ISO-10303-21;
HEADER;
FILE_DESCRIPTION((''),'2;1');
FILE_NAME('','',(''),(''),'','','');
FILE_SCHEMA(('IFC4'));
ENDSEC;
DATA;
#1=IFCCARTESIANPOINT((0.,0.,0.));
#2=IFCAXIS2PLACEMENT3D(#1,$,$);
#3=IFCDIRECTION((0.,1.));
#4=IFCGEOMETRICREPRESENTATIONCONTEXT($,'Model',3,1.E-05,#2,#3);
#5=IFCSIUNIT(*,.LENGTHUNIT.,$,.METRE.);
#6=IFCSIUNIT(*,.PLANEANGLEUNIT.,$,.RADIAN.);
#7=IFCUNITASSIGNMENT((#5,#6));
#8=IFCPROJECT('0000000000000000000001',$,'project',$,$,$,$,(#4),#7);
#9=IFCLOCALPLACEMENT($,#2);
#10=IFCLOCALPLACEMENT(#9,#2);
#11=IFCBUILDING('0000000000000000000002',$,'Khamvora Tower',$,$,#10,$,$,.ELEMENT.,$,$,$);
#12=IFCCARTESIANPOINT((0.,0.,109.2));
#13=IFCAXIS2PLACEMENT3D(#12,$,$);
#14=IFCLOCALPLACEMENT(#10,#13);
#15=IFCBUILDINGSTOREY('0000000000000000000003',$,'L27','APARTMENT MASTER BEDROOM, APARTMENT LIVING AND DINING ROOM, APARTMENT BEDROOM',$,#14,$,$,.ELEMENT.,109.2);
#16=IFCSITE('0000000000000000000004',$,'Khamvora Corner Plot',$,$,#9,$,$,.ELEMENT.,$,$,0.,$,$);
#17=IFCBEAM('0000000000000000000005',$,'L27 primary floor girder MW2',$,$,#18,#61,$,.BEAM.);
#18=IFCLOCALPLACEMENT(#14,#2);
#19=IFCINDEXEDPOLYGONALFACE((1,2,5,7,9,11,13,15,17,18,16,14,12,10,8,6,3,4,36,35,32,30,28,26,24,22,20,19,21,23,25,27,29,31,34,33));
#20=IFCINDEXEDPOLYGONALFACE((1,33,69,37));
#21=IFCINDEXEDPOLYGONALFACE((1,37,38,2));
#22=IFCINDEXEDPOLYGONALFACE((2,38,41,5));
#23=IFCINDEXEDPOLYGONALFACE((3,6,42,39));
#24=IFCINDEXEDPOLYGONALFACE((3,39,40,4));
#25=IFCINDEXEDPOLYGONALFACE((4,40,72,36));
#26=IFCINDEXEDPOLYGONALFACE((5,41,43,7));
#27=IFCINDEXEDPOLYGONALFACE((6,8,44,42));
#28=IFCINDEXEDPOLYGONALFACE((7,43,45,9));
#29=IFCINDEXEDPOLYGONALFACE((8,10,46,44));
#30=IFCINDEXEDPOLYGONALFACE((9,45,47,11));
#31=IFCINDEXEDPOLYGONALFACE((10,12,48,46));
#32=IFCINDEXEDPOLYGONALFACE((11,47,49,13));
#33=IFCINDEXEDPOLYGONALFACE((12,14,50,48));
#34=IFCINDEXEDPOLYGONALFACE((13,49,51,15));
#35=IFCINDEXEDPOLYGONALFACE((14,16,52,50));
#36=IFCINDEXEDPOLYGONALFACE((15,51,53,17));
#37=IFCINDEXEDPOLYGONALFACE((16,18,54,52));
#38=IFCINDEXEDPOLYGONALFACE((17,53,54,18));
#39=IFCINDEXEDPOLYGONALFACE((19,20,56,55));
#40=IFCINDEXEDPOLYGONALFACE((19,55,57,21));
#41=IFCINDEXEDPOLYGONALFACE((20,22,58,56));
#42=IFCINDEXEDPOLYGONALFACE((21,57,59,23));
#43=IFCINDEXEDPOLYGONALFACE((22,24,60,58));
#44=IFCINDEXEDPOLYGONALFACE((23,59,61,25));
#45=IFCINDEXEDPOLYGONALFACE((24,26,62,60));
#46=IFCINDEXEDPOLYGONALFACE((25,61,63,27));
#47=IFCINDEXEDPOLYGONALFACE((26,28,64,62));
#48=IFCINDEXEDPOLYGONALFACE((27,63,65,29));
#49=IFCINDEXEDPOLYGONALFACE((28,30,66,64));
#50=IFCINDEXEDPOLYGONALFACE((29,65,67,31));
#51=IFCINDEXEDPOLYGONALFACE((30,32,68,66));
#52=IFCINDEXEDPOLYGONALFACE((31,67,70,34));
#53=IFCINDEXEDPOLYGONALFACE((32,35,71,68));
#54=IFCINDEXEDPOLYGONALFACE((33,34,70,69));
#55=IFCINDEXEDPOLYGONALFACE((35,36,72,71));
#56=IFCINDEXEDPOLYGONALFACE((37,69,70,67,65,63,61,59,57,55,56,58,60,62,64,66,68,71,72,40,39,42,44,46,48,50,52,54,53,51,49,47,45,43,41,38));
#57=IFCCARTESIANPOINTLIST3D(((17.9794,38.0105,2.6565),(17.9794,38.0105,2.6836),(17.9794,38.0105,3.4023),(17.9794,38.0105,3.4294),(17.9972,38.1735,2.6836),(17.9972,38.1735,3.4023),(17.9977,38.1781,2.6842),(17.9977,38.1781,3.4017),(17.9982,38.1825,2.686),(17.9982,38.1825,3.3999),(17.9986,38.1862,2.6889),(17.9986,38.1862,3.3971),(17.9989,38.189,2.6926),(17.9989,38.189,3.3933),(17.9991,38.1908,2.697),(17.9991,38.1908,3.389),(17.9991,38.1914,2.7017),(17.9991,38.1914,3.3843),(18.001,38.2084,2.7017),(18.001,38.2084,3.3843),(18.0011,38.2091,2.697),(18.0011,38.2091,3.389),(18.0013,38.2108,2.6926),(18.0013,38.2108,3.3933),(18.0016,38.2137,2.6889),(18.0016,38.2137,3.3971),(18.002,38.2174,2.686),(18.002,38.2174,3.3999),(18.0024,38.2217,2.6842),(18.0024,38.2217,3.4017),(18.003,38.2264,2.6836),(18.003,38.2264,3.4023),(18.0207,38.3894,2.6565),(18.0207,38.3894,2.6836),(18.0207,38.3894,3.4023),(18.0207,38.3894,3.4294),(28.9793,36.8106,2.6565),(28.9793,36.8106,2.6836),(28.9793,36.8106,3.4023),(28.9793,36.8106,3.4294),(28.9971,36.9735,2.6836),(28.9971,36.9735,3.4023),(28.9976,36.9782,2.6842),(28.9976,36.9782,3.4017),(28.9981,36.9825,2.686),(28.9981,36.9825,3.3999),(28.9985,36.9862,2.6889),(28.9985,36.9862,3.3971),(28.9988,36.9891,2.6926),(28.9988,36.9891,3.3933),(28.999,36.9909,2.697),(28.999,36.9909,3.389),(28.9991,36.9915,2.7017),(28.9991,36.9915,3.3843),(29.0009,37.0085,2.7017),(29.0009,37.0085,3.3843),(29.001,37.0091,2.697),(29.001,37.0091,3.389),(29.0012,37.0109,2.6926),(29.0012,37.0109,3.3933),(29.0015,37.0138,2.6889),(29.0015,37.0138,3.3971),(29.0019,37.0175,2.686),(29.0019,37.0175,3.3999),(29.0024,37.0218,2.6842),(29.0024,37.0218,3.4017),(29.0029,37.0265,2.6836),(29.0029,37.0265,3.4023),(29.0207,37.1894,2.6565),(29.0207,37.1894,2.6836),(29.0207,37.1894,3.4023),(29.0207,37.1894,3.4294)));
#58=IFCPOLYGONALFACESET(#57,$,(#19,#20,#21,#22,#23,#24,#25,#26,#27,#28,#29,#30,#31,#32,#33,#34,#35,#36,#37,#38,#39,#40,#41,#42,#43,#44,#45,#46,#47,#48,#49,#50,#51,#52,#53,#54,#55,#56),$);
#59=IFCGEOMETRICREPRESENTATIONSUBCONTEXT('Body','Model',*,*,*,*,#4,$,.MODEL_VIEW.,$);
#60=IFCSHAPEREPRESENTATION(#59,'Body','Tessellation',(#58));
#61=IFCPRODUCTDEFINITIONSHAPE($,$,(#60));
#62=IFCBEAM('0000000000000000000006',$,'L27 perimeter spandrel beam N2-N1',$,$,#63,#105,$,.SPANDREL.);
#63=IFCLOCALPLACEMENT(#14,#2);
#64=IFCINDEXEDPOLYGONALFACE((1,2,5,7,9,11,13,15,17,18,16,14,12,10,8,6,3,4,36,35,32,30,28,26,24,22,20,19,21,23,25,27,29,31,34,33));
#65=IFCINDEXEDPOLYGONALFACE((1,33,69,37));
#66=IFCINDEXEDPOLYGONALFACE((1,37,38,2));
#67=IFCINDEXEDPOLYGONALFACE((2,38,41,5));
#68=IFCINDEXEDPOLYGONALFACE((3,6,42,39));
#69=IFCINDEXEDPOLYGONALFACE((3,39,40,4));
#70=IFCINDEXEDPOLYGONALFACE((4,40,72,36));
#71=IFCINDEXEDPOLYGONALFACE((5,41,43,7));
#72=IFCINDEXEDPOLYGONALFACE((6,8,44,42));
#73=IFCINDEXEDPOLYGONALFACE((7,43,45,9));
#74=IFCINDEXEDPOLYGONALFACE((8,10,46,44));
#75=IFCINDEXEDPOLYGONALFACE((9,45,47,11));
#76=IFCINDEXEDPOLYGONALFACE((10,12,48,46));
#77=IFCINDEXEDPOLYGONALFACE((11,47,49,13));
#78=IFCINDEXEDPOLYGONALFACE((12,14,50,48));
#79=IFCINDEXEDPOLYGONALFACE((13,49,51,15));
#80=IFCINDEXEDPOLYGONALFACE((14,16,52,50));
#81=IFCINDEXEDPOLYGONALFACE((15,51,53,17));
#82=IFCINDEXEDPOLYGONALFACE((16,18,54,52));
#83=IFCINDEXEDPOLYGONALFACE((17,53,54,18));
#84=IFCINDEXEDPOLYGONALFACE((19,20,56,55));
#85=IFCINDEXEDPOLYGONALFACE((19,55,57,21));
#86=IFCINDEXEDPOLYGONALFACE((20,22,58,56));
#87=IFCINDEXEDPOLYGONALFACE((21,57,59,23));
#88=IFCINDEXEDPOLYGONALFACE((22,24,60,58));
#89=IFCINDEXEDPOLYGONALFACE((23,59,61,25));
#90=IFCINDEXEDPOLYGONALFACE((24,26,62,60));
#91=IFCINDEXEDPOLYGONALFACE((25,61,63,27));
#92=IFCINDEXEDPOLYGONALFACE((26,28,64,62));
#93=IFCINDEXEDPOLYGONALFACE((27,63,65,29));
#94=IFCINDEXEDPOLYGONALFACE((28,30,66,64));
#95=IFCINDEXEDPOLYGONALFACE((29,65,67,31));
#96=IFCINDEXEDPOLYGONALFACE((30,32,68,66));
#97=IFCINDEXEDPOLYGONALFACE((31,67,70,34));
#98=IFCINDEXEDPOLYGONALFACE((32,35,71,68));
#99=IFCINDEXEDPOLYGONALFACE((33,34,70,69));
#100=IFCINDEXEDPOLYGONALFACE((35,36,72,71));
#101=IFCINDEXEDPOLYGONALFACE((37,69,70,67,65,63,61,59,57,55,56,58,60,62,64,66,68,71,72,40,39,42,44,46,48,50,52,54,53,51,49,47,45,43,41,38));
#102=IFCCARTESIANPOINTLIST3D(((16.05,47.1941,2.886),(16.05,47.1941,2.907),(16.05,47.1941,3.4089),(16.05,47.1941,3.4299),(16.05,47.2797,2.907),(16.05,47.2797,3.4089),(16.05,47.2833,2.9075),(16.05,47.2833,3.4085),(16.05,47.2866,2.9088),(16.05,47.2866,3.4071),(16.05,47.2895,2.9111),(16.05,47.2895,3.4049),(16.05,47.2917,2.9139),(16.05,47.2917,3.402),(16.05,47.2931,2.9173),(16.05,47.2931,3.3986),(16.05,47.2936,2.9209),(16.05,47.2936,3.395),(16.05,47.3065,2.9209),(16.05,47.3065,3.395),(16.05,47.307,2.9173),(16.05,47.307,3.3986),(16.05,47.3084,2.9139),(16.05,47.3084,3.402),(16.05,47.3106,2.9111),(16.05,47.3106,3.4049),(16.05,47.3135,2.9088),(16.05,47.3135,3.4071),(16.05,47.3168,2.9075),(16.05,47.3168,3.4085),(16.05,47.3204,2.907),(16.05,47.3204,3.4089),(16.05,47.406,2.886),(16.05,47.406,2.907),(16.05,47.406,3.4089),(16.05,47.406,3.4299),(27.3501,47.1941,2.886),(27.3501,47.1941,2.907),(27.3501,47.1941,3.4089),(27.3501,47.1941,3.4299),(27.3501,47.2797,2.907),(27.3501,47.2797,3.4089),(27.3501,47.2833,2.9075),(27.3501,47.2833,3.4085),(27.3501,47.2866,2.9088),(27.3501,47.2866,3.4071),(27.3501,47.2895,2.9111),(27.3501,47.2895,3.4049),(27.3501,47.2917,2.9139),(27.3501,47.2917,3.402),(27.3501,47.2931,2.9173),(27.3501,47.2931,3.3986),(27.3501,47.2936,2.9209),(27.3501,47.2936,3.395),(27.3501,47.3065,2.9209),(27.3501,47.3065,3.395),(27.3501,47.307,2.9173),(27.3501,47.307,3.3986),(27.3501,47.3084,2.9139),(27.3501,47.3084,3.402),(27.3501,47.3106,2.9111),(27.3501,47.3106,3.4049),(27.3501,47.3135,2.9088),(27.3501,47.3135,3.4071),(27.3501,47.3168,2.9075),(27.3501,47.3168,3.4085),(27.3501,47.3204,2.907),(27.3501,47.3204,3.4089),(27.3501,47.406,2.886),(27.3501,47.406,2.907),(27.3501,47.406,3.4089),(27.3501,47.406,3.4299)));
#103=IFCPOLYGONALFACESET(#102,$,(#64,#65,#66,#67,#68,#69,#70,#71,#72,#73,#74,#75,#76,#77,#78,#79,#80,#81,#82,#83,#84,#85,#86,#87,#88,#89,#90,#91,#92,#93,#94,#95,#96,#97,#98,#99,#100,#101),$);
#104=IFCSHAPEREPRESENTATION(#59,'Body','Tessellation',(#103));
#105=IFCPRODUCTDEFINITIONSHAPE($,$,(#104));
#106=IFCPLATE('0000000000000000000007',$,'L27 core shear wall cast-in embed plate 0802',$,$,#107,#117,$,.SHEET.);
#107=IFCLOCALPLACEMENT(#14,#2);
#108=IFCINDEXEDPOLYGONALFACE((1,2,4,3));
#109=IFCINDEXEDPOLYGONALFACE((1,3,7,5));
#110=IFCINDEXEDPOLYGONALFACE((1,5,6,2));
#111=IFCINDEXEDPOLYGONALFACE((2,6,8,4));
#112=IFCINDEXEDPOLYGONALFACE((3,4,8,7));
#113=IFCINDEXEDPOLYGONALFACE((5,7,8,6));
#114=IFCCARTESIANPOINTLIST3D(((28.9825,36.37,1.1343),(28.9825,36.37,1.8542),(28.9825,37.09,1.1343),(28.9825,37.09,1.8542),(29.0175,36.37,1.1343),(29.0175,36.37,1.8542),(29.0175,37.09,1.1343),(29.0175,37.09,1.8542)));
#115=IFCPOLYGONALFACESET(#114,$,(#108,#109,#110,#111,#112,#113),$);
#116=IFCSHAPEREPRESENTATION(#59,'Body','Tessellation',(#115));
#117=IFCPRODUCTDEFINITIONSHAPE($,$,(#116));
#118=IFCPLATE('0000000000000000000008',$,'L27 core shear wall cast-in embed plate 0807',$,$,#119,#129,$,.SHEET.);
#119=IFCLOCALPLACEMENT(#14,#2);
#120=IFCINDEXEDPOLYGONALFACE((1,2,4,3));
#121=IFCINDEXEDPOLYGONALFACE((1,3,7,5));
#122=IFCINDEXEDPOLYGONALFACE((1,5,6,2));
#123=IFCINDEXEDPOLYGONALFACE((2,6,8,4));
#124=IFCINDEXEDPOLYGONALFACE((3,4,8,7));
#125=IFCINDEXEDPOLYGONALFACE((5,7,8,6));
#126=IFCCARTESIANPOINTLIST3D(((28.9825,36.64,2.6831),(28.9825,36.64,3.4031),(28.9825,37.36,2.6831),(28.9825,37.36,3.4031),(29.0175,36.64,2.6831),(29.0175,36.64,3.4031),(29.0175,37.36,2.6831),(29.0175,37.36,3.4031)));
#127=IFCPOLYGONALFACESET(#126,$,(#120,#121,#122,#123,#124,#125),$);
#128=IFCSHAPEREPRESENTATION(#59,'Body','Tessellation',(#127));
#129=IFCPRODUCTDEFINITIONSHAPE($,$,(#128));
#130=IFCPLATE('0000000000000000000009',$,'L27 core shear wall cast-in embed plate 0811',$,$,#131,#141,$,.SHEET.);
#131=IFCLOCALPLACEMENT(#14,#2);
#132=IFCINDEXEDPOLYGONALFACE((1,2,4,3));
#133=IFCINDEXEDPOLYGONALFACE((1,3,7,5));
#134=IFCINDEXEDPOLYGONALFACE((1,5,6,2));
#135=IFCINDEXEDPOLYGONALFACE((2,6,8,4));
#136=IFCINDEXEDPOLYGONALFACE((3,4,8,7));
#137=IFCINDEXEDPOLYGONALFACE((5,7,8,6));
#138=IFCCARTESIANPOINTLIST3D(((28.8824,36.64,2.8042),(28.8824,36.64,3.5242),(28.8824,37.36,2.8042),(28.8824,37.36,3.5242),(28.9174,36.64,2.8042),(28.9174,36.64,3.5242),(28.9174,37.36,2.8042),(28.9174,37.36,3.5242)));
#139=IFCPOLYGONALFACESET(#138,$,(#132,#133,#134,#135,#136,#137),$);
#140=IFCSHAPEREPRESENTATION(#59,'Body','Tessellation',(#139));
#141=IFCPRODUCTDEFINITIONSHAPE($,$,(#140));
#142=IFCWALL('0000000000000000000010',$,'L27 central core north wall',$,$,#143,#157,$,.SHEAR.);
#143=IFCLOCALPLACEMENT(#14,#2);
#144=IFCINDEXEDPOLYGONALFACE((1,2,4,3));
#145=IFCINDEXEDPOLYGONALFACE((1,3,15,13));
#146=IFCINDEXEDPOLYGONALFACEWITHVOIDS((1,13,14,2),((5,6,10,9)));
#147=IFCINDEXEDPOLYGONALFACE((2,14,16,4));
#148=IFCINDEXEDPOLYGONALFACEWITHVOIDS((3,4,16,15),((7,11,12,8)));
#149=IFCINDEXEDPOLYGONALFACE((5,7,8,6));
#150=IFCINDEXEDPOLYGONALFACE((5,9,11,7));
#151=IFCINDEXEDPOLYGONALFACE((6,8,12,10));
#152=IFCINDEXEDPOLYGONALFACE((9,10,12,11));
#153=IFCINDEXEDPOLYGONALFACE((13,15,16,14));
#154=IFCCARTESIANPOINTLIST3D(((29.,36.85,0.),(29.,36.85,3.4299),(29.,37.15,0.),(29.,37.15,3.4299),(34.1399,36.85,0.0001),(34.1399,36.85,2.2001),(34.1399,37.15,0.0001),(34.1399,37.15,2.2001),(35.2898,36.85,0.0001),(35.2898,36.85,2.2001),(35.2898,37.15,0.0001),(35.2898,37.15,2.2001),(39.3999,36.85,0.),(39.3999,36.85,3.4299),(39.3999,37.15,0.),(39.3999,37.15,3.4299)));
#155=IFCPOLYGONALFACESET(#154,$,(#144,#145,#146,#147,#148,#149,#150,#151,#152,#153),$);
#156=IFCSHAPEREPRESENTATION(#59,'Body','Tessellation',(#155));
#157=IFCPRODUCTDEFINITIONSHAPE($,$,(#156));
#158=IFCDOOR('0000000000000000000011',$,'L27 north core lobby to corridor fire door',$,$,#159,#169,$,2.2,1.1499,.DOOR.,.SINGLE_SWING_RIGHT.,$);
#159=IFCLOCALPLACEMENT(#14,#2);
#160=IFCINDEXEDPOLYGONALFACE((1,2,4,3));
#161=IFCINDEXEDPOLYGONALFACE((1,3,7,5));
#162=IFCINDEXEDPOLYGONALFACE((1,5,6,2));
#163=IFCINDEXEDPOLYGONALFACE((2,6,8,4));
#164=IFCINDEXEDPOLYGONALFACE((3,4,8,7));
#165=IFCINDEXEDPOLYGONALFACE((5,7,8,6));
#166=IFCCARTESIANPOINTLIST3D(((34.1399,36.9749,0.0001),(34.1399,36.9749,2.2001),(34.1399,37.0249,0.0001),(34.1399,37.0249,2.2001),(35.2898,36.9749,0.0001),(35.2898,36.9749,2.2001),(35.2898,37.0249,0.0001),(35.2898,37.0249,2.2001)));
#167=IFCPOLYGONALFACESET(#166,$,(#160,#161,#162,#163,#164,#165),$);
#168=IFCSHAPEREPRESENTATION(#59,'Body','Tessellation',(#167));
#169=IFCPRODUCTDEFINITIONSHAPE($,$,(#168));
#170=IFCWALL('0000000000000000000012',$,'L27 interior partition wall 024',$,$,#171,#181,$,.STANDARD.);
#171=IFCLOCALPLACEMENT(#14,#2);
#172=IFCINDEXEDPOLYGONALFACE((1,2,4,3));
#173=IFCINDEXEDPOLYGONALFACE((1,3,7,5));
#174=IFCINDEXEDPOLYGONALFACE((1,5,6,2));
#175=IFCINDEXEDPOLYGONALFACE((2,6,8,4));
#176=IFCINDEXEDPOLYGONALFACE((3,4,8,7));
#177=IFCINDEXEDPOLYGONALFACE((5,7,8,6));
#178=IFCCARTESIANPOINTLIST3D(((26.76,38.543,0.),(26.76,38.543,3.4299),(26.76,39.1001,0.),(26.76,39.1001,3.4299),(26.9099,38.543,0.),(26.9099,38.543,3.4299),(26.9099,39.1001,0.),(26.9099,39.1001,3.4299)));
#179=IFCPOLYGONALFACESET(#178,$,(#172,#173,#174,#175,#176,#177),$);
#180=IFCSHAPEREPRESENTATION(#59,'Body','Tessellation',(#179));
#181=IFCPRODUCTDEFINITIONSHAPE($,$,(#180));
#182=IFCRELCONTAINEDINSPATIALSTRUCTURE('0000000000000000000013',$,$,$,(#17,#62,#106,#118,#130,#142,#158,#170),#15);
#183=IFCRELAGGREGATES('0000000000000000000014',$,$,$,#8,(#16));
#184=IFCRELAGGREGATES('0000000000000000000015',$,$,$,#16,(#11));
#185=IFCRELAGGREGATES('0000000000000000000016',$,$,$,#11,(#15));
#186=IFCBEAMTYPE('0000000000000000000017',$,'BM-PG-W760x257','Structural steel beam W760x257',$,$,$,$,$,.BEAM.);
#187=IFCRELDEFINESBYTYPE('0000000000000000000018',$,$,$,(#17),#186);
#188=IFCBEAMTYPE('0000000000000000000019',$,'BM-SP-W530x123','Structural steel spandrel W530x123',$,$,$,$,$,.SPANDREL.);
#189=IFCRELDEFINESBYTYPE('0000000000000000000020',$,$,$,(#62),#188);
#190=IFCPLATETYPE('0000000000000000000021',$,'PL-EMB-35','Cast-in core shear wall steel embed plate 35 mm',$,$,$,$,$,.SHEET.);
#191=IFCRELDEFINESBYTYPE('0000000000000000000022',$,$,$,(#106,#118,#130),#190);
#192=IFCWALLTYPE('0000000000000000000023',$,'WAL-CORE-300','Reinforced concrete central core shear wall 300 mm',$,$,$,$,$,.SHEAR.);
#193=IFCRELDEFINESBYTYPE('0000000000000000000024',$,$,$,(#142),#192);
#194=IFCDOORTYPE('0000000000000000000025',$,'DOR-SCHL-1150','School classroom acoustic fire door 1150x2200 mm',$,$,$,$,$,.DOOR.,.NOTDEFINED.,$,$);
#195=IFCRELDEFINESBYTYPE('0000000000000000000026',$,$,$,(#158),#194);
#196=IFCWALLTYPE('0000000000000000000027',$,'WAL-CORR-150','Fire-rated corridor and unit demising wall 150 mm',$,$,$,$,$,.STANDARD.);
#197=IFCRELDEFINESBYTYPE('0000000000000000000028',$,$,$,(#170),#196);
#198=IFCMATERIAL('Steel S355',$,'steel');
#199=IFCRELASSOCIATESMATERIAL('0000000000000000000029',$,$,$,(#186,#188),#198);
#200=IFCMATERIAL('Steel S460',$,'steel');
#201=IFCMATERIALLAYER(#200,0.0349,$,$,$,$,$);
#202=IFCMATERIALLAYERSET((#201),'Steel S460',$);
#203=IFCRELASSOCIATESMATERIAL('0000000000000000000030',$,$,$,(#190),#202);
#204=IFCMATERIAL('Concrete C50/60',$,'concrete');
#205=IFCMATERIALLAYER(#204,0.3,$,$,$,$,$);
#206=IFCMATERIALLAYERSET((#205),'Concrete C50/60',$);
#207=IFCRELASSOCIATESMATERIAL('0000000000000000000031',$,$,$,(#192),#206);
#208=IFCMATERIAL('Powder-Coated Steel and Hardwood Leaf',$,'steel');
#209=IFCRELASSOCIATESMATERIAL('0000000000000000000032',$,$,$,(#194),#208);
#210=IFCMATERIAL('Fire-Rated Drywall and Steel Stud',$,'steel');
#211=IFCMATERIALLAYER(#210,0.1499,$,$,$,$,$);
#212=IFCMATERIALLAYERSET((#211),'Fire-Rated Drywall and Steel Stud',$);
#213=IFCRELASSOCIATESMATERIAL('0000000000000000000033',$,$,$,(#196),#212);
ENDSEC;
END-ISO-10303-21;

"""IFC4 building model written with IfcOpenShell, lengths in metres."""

from ifc_helpers import new_model, si_unit, direction, frame, frame_2d, origin, origin_2d, place, context, subcontext, project, spatial, rectangle, i_section, extrude, material, layer, layer_set, material_profile, profile_set, type_object, element, fill, save


model = new_model("IFC4")

# Units and contexts
model_context = context("Model", 3, precision=1e-05, world=origin(), true_north=direction((0.0, 1.0)))
body_context = subcontext(model_context, "Body", "Model", "MODEL_VIEW")
ifc_project = project(units=[si_unit("LENGTHUNIT", "METRE"), si_unit("PLANEANGLEUNIT", "RADIAN")], contexts=[model_context])

# Site, building, storey
site_placement = place(None, origin())
site = spatial("IfcSite", under=ifc_project, at=site_placement, Name="Khamvora Corner Plot", CompositionType="ELEMENT", RefElevation=0.0)
building_placement = place(site_placement, origin())
building = spatial("IfcBuilding", under=site, at=building_placement, Name="Khamvora Tower", CompositionType="ELEMENT")
storey_placement = place(building_placement, frame((0.0, 0.0, 109.2)))
storey = spatial("IfcBuildingStorey", under=building, at=storey_placement, Name="L27", Description="APARTMENT MASTER BEDROOM, APARTMENT LIVING AND DINING ROOM, APARTMENT BEDROOM", CompositionType="ELEMENT", Elevation=109.2)

# Shared definitions
ifc_material_1 = material(Name="Steel S355", Category="steel")
ifc_material_2 = material(Name="Steel S460", Category="steel")

# Beams
ifc_material_profile_1 = material_profile(ifc_material_1, i_section(OverallWidth=0.3811, OverallDepth=0.7729, WebThickness=0.0171, FlangeThickness=0.0271, FilletRadius=0.0181, at=origin_2d()), Name="W760x257")
ifc_profile_set_1 = profile_set([ifc_material_profile_1], Name="Steel S355")
beam_type_1 = type_object("IfcBeamType", Name="BM-PG-W760x257", Description="Structural steel beam W760x257", PredefinedType="BEAM", material=ifc_profile_set_1)
beam_1_placement = place(storey_placement, frame((29.0, 37.0, 3.043), z_axis=(-0.994103, 0.108443, 0.0), x_axis=(-0.108443, -0.994103, 0.0)))
element("IfcBeam", 1, at=beam_1_placement, inside=storey, type_object=beam_type_1, Name="L27 primary floor girder MW2", PredefinedType="BEAM", context=body_context, shape_type="SweptSolid", body=[
    extrude(i_section(OverallWidth=0.3811, OverallDepth=0.7729, WebThickness=0.0171, FlangeThickness=0.0271, FilletRadius=0.0181, at=origin_2d()), origin(), (0.0, 0.0, 1.0), 11.0652),
])
ifc_material_profile_2 = material_profile(ifc_material_1, i_section(OverallWidth=0.2119, OverallDepth=0.5439, WebThickness=0.0129, FlangeThickness=0.021, FilletRadius=0.0139, at=origin_2d()), Name="W530x123")
ifc_profile_set_2 = profile_set([ifc_material_profile_2], Name="Steel S355")
beam_type_2 = type_object("IfcBeamType", Name="BM-SP-W530x123", Description="Structural steel spandrel W530x123", PredefinedType="SPANDREL", material=ifc_profile_set_2)
beam_2_placement = place(storey_placement, frame((27.3501, 47.3, 3.158), z_axis=(-1.0, 0.0, 0.0), x_axis=(0.0, -1.0, 0.0)))
element("IfcBeam", 2, at=beam_2_placement, inside=storey, type_object=beam_type_2, Name="L27 perimeter spandrel beam N2-N1", PredefinedType="SPANDREL", context=body_context, shape_type="SweptSolid", body=[
    extrude(i_section(OverallWidth=0.2119, OverallDepth=0.5439, WebThickness=0.0129, FlangeThickness=0.021, FilletRadius=0.0139, at=origin_2d()), origin(), (0.0, 0.0, 1.0), 11.3),
])

# Plates
ifc_layer_1 = layer(ifc_material_2, 0.0349)
ifc_layer_set_1 = layer_set([ifc_layer_1], Name="Steel S460")
plate_type = type_object("IfcPlateType", Name="PL-EMB-35", Description="Cast-in core shear wall steel embed plate 35 mm", PredefinedType="SHEET", material=ifc_layer_set_1)
for number, where, z_axis, x_axis, name in (
    (3, (29.0, 36.73, 1.1343), (0.0, 0.0, 1.0), (1.0, 0.0, 0.0), "L27 core shear wall cast-in embed plate 0802"),
    (4, (29.0, 37.0, 2.6831), (0.0, 0.0, 1.0), (1.0, 0.0, 0.0), "L27 core shear wall cast-in embed plate 0807"),
    (5, (28.8999, 37.0, 2.8042), (0.0, 0.0, 1.0), (1.0, 0.0, 0.0), "L27 core shear wall cast-in embed plate 0811"),
):
    element("IfcPlate", number, at=place(storey_placement, frame(where, z_axis=z_axis, x_axis=x_axis)), inside=storey, type_object=plate_type, Name=name, PredefinedType="SHEET", context=body_context, shape_type="SweptSolid", body=[
        extrude(rectangle(XDim=0.0349, YDim=0.72, at=origin_2d()), origin(), (0.0, 0.0, 1.0), 0.72),
    ])

# Wall, opening, door
ifc_material_3 = material(Name="Concrete C50/60", Category="concrete")
ifc_layer_2 = layer(ifc_material_3, 0.3)
ifc_layer_set_2 = layer_set([ifc_layer_2], Name="Concrete C50/60")
wall_type_1 = type_object("IfcWallType", Name="WAL-CORE-300", Description="Reinforced concrete central core shear wall 300 mm", PredefinedType="SHEAR", material=ifc_layer_set_2)
wall_1_placement = place(storey_placement, frame((29.0, 37.0, 0.0), z_axis=(0.0, 0.0, 1.0), x_axis=(1.0, 0.0, 0.0)))
wall_1 = element("IfcWall", 6, at=wall_1_placement, inside=storey, type_object=wall_type_1, Name="L27 central core north wall", PredefinedType="SHEAR", context=body_context, shape_type="SweptSolid", body=[
    extrude(rectangle(XDim=10.3999, YDim=0.3, at=frame_2d((5.2, 0.0))), origin(), (0.0, 0.0, 1.0), 3.4299),
])
opening_1_placement = place(wall_1_placement, frame((5.1399, 0.0, 0.0)))
opening_1 = element("IfcOpeningElement", 7, at=opening_1_placement, cuts=wall_1, PredefinedType="OPENING", context=body_context, shape_type="SweptSolid", body=[
    extrude(rectangle(XDim=1.1499, YDim=2.2, at=frame_2d((0.575, 1.1001))), frame((0.0, 0.1599, 0.0), z_axis=(0.0, -1.0, 0.0), x_axis=(1.0, 0.0, 0.0)), (0.0, 0.0, 1.0), 0.3201),
])
ifc_material_4 = material(Name="Powder-Coated Steel and Hardwood Leaf", Category="steel")
door_type_1 = type_object("IfcDoorType", Name="DOR-SCHL-1150", Description="School classroom acoustic fire door 1150x2200 mm", OperationType="NOTDEFINED", PredefinedType="DOOR", material=ifc_material_4)
door_1_placement = place(opening_1_placement, origin())
door_1 = element("IfcDoor", 8, at=door_1_placement, inside=storey, type_object=door_type_1, Name="L27 north core lobby to corridor fire door", OperationType="SINGLE_SWING_RIGHT", OverallHeight=2.2, OverallWidth=1.1499, PredefinedType="DOOR", context=body_context, shape_type="SweptSolid", body=[
    extrude(rectangle(XDim=1.1499, YDim=2.2, at=frame_2d((0.575, 1.1001))), frame((0.0, 0.0249, 0.0), z_axis=(0.0, -1.0, 0.0), x_axis=(1.0, 0.0, 0.0)), (0.0, 0.0, 1.0), 0.05),
])
fill(opening_1, door_1)

# Wall
ifc_material_5 = material(Name="Fire-Rated Drywall and Steel Stud", Category="steel")
ifc_layer_3 = layer(ifc_material_5, 0.1499)
ifc_layer_set_3 = layer_set([ifc_layer_3], Name="Fire-Rated Drywall and Steel Stud")
wall_type_2 = type_object("IfcWallType", Name="WAL-CORR-150", Description="Fire-rated corridor and unit demising wall 150 mm", PredefinedType="STANDARD", material=ifc_layer_set_3)
wall_2_placement = place(storey_placement, frame((26.835, 38.543, 0.0), z_axis=(0.0, 0.0, 1.0), x_axis=(0.0, 1.0, 0.0)))
element("IfcWall", 9, at=wall_2_placement, inside=storey, type_object=wall_type_2, Name="L27 interior partition wall 024", PredefinedType="STANDARD", context=body_context, shape_type="SweptSolid", body=[
    extrude(rectangle(XDim=0.5571, YDim=0.1499, at=frame_2d((0.2786, 0.0))), origin(), (0.0, 0.0, 1.0), 3.4299),
])

save(model, "model.ifc")
